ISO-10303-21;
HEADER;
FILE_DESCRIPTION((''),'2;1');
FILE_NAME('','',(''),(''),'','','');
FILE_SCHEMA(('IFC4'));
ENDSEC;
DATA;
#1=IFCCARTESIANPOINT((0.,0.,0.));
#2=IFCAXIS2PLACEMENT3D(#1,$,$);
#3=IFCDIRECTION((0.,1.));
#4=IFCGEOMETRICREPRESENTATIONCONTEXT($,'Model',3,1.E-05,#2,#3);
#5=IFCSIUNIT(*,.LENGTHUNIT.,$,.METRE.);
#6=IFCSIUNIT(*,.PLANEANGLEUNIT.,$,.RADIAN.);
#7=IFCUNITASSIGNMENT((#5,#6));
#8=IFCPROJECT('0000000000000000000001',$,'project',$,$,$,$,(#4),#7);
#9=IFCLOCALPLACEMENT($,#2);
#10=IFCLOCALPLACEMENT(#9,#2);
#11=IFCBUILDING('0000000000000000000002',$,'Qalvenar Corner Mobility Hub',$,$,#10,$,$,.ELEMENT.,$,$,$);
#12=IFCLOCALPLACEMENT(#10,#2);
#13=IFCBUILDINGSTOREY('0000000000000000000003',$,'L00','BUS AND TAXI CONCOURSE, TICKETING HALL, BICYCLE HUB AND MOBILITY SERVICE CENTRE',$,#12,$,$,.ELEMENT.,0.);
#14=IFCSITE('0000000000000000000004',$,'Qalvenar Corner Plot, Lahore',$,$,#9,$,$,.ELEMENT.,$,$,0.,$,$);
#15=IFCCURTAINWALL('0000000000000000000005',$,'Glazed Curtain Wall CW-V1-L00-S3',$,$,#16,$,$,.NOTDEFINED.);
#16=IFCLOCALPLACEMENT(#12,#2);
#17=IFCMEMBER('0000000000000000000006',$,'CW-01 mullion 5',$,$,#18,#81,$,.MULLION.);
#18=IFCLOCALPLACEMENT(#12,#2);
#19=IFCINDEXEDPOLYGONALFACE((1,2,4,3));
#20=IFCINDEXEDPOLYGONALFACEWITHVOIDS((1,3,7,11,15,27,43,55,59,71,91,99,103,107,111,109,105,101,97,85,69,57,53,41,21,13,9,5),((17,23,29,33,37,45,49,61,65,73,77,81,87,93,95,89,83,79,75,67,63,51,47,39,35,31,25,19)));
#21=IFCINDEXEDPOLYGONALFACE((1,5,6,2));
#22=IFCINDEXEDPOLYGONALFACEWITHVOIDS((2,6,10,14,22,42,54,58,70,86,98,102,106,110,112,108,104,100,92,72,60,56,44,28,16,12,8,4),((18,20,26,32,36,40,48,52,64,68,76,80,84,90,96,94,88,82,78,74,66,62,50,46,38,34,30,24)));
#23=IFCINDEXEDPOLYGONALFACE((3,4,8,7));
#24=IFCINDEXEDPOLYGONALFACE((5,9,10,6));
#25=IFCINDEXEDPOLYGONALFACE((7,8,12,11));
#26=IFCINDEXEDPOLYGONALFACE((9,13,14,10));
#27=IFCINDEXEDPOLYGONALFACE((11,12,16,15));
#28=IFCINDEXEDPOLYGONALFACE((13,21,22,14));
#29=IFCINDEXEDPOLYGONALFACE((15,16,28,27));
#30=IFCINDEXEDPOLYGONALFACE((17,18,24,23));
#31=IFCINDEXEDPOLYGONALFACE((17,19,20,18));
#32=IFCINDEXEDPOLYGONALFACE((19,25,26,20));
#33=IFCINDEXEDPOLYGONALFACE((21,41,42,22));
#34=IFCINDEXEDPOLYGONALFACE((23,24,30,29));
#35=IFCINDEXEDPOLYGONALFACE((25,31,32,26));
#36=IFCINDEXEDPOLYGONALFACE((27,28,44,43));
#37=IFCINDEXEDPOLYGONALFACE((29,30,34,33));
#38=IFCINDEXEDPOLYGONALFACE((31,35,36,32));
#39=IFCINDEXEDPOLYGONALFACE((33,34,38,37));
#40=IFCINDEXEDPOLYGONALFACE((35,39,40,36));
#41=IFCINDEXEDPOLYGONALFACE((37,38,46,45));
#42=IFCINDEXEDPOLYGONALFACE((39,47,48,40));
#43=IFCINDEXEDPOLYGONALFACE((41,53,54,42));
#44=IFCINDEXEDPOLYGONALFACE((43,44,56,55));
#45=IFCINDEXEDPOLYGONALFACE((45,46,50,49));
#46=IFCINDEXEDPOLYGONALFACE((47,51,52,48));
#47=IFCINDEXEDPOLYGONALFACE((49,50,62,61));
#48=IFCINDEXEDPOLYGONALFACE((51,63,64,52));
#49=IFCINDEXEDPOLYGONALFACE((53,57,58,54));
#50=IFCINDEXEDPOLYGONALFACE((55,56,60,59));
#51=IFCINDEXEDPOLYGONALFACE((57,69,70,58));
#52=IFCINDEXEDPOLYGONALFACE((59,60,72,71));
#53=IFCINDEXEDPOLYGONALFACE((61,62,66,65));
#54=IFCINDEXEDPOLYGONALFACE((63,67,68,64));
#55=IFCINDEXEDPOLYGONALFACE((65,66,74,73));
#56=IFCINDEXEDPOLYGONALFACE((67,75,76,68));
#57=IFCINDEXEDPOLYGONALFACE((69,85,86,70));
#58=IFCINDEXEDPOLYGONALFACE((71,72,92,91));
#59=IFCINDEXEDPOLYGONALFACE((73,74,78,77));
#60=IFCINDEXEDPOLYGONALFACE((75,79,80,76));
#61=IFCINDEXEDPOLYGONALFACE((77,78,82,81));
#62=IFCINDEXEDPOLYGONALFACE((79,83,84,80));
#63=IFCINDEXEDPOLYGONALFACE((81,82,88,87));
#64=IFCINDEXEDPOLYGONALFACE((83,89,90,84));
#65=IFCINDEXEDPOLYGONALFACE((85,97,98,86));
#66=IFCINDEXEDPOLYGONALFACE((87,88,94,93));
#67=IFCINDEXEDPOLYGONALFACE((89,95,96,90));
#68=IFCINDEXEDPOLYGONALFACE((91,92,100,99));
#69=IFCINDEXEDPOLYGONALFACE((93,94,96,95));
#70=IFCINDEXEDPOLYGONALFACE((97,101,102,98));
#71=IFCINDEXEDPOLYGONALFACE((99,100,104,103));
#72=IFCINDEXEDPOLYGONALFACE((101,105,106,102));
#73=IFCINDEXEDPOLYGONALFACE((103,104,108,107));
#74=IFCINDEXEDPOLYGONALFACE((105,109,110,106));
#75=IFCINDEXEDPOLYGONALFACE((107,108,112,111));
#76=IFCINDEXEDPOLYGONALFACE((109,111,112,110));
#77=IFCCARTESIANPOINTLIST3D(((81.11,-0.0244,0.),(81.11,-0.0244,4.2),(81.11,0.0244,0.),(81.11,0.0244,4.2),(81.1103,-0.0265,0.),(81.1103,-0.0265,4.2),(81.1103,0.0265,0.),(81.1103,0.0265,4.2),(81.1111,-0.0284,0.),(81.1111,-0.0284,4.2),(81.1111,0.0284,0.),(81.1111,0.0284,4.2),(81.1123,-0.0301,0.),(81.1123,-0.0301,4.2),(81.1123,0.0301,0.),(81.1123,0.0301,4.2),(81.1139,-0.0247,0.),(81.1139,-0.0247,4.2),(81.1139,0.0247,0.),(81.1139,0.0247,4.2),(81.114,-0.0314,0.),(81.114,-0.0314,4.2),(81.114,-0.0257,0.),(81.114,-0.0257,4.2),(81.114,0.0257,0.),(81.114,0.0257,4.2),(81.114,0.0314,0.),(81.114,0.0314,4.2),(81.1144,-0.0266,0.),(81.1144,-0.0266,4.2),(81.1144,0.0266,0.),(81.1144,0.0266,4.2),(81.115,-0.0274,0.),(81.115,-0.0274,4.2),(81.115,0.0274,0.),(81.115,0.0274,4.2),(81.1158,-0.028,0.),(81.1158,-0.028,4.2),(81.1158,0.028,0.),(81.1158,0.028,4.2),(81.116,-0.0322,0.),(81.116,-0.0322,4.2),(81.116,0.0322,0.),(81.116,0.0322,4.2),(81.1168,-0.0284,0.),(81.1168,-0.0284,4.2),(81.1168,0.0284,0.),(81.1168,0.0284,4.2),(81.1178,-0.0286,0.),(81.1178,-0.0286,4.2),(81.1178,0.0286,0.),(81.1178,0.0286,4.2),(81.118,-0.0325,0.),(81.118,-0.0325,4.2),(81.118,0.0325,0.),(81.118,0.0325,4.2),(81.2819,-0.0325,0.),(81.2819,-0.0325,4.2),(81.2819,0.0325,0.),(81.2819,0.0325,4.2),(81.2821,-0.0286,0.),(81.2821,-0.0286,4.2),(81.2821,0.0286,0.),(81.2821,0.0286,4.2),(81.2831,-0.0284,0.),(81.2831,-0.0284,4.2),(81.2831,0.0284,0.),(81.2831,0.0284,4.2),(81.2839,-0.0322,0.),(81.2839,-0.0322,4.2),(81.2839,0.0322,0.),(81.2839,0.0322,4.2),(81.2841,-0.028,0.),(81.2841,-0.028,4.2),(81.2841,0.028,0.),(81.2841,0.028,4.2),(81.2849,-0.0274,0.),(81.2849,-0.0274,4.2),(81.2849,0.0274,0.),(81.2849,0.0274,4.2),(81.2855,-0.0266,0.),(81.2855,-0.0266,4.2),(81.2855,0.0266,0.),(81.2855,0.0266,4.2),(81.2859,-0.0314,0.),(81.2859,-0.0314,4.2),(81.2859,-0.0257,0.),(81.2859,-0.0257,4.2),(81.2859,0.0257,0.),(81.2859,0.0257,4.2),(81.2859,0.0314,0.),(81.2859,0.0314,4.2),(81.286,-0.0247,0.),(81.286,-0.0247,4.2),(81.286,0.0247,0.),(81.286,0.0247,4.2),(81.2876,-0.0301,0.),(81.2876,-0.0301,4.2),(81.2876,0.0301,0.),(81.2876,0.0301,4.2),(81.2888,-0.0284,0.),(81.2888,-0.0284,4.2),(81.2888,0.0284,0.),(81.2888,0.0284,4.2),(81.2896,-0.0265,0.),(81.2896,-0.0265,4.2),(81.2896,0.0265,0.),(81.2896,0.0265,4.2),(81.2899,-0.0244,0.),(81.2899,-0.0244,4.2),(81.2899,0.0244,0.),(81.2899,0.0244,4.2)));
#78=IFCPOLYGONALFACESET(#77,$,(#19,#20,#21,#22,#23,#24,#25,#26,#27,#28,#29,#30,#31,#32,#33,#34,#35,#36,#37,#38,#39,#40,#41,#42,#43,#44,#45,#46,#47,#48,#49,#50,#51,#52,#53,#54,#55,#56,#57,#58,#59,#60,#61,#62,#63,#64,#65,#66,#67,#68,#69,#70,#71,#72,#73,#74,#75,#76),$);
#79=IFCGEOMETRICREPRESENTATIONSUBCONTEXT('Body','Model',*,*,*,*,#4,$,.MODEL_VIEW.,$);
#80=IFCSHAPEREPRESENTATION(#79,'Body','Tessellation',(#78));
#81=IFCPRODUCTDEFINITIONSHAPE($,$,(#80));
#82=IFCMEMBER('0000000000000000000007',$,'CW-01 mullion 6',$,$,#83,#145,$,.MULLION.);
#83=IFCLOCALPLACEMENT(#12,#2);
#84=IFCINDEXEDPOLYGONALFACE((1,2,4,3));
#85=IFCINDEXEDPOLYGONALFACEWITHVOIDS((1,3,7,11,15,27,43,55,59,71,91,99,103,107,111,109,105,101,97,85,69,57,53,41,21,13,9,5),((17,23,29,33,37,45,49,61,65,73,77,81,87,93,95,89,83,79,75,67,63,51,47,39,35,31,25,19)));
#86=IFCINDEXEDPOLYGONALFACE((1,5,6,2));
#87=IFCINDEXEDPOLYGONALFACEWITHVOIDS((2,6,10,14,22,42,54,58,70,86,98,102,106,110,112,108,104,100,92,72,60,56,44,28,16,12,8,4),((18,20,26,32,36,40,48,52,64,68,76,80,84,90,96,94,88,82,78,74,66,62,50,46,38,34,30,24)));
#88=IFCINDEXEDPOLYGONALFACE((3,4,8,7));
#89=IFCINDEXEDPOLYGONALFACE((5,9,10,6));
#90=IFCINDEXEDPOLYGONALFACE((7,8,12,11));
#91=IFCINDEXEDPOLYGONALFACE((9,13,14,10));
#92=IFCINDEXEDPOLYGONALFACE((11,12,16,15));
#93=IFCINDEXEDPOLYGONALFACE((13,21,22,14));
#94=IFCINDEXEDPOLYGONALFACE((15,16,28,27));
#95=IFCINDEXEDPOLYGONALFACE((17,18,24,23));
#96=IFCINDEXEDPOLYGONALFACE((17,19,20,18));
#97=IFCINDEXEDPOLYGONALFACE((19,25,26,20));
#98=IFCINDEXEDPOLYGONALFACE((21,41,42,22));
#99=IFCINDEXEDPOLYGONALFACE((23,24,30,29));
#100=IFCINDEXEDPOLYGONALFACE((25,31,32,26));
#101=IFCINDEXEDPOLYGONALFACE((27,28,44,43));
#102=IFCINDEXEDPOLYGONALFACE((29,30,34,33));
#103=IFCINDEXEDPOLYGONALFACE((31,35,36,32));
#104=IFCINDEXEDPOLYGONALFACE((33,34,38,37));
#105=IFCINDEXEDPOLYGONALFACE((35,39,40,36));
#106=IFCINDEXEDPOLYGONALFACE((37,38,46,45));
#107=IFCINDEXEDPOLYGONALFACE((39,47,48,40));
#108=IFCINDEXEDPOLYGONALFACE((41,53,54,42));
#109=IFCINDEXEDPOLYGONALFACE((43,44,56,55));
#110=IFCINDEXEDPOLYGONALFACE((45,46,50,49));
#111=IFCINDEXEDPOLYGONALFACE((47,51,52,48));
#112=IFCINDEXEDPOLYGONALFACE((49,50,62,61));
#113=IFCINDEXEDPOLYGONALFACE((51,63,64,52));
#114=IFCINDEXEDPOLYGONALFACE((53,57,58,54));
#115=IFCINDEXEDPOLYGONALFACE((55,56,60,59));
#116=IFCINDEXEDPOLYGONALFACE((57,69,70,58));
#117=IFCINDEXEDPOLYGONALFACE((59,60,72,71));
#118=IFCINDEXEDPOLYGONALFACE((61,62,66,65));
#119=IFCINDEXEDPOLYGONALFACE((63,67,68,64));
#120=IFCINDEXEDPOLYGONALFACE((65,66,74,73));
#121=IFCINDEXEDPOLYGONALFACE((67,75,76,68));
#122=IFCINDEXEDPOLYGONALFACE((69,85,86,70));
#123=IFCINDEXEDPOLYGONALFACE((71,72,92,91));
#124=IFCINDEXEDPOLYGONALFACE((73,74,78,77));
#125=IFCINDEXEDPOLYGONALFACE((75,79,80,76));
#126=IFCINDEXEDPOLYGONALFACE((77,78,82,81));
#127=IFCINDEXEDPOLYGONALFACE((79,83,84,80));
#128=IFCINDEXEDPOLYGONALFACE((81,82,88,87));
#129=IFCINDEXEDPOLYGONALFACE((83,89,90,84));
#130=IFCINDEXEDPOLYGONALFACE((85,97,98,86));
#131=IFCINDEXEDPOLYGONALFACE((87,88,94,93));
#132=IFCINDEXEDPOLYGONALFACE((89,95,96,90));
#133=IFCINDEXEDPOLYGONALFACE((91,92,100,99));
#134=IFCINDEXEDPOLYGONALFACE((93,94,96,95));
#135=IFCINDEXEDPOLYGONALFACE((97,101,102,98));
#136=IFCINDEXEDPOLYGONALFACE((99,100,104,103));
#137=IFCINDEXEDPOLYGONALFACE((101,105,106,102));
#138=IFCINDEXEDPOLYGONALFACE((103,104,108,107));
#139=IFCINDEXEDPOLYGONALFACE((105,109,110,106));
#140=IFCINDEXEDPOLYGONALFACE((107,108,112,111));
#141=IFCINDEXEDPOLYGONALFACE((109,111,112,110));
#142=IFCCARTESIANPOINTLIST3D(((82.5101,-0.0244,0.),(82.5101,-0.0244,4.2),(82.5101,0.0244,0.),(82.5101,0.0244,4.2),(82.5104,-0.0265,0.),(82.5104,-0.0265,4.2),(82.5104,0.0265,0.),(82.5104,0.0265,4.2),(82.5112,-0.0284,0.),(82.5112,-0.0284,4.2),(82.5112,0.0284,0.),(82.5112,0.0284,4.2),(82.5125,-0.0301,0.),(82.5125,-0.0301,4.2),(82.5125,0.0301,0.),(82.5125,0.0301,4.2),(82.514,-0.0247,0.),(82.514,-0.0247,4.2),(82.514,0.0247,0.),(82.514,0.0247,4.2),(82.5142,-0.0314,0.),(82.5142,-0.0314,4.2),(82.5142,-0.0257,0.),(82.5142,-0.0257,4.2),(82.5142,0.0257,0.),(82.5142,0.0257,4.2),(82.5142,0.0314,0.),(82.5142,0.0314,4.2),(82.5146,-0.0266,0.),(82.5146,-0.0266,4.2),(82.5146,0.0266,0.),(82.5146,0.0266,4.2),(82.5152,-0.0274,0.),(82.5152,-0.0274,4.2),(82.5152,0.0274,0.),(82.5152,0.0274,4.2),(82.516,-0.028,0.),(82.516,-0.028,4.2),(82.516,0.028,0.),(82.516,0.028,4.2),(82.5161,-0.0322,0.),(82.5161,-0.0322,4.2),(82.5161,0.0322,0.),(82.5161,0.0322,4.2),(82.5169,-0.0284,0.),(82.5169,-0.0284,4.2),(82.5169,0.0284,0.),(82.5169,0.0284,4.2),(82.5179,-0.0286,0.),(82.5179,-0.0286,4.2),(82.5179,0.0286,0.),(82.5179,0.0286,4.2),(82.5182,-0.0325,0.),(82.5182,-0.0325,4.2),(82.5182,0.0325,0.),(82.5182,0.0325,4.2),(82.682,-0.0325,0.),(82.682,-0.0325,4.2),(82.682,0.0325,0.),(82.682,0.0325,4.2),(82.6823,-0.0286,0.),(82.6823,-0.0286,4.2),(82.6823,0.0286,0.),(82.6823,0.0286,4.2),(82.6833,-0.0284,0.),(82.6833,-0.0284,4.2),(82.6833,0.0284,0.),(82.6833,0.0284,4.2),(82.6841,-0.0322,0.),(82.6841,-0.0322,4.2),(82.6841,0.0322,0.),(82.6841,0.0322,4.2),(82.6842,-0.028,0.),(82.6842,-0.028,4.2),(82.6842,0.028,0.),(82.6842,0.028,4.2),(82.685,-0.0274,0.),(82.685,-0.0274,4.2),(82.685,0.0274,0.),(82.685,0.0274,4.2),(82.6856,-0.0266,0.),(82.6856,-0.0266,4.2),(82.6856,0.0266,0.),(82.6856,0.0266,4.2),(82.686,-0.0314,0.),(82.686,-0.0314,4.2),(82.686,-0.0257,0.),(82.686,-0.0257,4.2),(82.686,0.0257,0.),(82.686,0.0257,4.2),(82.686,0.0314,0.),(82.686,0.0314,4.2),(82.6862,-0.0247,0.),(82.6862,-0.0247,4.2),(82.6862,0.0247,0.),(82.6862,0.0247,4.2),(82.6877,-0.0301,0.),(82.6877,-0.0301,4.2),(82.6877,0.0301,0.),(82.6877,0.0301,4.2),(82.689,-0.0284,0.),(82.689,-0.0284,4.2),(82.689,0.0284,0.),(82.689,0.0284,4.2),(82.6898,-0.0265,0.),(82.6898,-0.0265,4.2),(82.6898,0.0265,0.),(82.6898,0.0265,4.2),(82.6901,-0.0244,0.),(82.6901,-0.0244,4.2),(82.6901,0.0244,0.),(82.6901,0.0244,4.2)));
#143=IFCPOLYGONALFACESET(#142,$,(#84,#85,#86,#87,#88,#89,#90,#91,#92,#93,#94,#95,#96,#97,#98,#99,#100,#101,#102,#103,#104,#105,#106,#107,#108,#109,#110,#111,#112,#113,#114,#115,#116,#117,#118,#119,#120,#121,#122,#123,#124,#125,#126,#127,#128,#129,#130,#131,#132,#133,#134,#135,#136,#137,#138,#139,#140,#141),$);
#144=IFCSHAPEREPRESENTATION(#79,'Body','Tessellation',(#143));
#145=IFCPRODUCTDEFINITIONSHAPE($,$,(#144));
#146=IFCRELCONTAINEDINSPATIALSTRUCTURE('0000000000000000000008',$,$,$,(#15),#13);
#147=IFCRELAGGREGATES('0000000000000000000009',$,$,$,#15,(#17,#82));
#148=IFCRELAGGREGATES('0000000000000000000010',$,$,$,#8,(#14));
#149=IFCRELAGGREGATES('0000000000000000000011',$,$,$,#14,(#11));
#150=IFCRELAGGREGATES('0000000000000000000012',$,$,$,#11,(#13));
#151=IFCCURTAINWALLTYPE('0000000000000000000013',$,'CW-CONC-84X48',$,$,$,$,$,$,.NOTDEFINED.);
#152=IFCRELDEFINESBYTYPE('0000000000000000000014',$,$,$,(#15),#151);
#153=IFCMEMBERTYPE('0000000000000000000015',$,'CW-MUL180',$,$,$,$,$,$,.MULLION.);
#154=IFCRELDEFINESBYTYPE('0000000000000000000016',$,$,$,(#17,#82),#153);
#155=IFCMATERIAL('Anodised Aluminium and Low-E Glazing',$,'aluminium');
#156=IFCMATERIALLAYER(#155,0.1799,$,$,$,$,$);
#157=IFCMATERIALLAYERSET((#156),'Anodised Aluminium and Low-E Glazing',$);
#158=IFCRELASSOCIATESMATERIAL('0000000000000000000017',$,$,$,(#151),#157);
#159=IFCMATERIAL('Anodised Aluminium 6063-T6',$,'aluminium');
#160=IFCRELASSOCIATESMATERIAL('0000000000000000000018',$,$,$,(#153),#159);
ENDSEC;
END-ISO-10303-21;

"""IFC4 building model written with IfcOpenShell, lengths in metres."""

from ifc_helpers import new_model, si_unit, direction, frame, origin, origin_2d, place, context, subcontext, project, spatial, hollow_rectangle, extrude, material, layer, layer_set, material_profile, profile_set, type_object, element, aggregate, save


model = new_model("IFC4")

# Units and contexts
model_context = context("Model", 3, precision=1e-05, world=origin(), true_north=direction((0.0, 1.0)))
body_context = subcontext(model_context, "Body", "Model", "MODEL_VIEW")
ifc_project = project(units=[si_unit("LENGTHUNIT", "METRE"), si_unit("PLANEANGLEUNIT", "RADIAN")], contexts=[model_context])

# Site, building, storey
site_placement = place(None, origin())
site = spatial("IfcSite", under=ifc_project, at=site_placement, Name="Qalvenar Corner Plot, Lahore", CompositionType="ELEMENT", RefElevation=0.0)
building_placement = place(site_placement, origin())
building = spatial("IfcBuilding", under=site, at=building_placement, Name="Qalvenar Corner Mobility Hub", CompositionType="ELEMENT")
storey_placement = place(building_placement, origin())
storey = spatial("IfcBuildingStorey", under=building, at=storey_placement, Name="L00", Description="BUS AND TAXI CONCOURSE, TICKETING HALL, BICYCLE HUB AND MOBILITY SERVICE CENTRE", CompositionType="ELEMENT", Elevation=0.0)

# Curtain wall, members
ifc_material_1 = material(Name="Anodised Aluminium and Low-E Glazing", Category="aluminium")
ifc_layer_1 = layer(ifc_material_1, 0.1799)
ifc_layer_set_1 = layer_set([ifc_layer_1], Name="Anodised Aluminium and Low-E Glazing")
curtain_wall_type = type_object("IfcCurtainWallType", Name="CW-CONC-84X48", PredefinedType="NOTDEFINED", material=ifc_layer_set_1)
curtain_wall_placement = place(storey_placement, origin())
curtain_wall = element("IfcCurtainWall", 1, at=curtain_wall_placement, inside=storey, type_object=curtain_wall_type, Name="Glazed Curtain Wall CW-V1-L00-S3", PredefinedType="NOTDEFINED")
ifc_material_2 = material(Name="Anodised Aluminium 6063-T6", Category="aluminium")
ifc_material_profile_1 = material_profile(ifc_material_2, hollow_rectangle(XDim=0.0649, YDim=0.1799, WallThickness=0.0039, InnerFilletRadius=0.0039, OuterFilletRadius=0.0081, at=origin_2d()), Name="RHS180x65x4")
ifc_profile_set_1 = profile_set([ifc_material_profile_1], Name="Anodised Aluminium 6063-T6")
member_type_1 = type_object("IfcMemberType", Name="CW-MUL180", PredefinedType="MULLION", material=ifc_profile_set_1)
member_1_placement = place(storey_placement, frame((81.2, 0.0, 0.0), z_axis=(0.0, 0.0, 1.0), x_axis=(0.0, 1.0, 0.0)))
member_1 = element("IfcMember", 2, at=member_1_placement, type_object=member_type_1, Name="CW-01 mullion 5", PredefinedType="MULLION", context=body_context, shape_type="SweptSolid", body=[
    extrude(hollow_rectangle(XDim=0.0649, YDim=0.1799, WallThickness=0.0039, InnerFilletRadius=0.0039, OuterFilletRadius=0.0081, at=origin_2d()), origin(), (0.0, 0.0, 1.0), 4.2),
])
member_2_placement = place(storey_placement, frame((82.6001, 0.0, 0.0), z_axis=(0.0, 0.0, 1.0), x_axis=(0.0, 1.0, 0.0)))
member_2 = element("IfcMember", 3, at=member_2_placement, type_object=member_type_1, Name="CW-01 mullion 6", PredefinedType="MULLION", context=body_context, shape_type="SweptSolid", body=[
    extrude(hollow_rectangle(XDim=0.0649, YDim=0.1799, WallThickness=0.0039, InnerFilletRadius=0.0039, OuterFilletRadius=0.0081, at=origin_2d()), origin(), (0.0, 0.0, 1.0), 4.2),
])
aggregate(curtain_wall, [member_1, member_2])

save(model, "model.ifc")
